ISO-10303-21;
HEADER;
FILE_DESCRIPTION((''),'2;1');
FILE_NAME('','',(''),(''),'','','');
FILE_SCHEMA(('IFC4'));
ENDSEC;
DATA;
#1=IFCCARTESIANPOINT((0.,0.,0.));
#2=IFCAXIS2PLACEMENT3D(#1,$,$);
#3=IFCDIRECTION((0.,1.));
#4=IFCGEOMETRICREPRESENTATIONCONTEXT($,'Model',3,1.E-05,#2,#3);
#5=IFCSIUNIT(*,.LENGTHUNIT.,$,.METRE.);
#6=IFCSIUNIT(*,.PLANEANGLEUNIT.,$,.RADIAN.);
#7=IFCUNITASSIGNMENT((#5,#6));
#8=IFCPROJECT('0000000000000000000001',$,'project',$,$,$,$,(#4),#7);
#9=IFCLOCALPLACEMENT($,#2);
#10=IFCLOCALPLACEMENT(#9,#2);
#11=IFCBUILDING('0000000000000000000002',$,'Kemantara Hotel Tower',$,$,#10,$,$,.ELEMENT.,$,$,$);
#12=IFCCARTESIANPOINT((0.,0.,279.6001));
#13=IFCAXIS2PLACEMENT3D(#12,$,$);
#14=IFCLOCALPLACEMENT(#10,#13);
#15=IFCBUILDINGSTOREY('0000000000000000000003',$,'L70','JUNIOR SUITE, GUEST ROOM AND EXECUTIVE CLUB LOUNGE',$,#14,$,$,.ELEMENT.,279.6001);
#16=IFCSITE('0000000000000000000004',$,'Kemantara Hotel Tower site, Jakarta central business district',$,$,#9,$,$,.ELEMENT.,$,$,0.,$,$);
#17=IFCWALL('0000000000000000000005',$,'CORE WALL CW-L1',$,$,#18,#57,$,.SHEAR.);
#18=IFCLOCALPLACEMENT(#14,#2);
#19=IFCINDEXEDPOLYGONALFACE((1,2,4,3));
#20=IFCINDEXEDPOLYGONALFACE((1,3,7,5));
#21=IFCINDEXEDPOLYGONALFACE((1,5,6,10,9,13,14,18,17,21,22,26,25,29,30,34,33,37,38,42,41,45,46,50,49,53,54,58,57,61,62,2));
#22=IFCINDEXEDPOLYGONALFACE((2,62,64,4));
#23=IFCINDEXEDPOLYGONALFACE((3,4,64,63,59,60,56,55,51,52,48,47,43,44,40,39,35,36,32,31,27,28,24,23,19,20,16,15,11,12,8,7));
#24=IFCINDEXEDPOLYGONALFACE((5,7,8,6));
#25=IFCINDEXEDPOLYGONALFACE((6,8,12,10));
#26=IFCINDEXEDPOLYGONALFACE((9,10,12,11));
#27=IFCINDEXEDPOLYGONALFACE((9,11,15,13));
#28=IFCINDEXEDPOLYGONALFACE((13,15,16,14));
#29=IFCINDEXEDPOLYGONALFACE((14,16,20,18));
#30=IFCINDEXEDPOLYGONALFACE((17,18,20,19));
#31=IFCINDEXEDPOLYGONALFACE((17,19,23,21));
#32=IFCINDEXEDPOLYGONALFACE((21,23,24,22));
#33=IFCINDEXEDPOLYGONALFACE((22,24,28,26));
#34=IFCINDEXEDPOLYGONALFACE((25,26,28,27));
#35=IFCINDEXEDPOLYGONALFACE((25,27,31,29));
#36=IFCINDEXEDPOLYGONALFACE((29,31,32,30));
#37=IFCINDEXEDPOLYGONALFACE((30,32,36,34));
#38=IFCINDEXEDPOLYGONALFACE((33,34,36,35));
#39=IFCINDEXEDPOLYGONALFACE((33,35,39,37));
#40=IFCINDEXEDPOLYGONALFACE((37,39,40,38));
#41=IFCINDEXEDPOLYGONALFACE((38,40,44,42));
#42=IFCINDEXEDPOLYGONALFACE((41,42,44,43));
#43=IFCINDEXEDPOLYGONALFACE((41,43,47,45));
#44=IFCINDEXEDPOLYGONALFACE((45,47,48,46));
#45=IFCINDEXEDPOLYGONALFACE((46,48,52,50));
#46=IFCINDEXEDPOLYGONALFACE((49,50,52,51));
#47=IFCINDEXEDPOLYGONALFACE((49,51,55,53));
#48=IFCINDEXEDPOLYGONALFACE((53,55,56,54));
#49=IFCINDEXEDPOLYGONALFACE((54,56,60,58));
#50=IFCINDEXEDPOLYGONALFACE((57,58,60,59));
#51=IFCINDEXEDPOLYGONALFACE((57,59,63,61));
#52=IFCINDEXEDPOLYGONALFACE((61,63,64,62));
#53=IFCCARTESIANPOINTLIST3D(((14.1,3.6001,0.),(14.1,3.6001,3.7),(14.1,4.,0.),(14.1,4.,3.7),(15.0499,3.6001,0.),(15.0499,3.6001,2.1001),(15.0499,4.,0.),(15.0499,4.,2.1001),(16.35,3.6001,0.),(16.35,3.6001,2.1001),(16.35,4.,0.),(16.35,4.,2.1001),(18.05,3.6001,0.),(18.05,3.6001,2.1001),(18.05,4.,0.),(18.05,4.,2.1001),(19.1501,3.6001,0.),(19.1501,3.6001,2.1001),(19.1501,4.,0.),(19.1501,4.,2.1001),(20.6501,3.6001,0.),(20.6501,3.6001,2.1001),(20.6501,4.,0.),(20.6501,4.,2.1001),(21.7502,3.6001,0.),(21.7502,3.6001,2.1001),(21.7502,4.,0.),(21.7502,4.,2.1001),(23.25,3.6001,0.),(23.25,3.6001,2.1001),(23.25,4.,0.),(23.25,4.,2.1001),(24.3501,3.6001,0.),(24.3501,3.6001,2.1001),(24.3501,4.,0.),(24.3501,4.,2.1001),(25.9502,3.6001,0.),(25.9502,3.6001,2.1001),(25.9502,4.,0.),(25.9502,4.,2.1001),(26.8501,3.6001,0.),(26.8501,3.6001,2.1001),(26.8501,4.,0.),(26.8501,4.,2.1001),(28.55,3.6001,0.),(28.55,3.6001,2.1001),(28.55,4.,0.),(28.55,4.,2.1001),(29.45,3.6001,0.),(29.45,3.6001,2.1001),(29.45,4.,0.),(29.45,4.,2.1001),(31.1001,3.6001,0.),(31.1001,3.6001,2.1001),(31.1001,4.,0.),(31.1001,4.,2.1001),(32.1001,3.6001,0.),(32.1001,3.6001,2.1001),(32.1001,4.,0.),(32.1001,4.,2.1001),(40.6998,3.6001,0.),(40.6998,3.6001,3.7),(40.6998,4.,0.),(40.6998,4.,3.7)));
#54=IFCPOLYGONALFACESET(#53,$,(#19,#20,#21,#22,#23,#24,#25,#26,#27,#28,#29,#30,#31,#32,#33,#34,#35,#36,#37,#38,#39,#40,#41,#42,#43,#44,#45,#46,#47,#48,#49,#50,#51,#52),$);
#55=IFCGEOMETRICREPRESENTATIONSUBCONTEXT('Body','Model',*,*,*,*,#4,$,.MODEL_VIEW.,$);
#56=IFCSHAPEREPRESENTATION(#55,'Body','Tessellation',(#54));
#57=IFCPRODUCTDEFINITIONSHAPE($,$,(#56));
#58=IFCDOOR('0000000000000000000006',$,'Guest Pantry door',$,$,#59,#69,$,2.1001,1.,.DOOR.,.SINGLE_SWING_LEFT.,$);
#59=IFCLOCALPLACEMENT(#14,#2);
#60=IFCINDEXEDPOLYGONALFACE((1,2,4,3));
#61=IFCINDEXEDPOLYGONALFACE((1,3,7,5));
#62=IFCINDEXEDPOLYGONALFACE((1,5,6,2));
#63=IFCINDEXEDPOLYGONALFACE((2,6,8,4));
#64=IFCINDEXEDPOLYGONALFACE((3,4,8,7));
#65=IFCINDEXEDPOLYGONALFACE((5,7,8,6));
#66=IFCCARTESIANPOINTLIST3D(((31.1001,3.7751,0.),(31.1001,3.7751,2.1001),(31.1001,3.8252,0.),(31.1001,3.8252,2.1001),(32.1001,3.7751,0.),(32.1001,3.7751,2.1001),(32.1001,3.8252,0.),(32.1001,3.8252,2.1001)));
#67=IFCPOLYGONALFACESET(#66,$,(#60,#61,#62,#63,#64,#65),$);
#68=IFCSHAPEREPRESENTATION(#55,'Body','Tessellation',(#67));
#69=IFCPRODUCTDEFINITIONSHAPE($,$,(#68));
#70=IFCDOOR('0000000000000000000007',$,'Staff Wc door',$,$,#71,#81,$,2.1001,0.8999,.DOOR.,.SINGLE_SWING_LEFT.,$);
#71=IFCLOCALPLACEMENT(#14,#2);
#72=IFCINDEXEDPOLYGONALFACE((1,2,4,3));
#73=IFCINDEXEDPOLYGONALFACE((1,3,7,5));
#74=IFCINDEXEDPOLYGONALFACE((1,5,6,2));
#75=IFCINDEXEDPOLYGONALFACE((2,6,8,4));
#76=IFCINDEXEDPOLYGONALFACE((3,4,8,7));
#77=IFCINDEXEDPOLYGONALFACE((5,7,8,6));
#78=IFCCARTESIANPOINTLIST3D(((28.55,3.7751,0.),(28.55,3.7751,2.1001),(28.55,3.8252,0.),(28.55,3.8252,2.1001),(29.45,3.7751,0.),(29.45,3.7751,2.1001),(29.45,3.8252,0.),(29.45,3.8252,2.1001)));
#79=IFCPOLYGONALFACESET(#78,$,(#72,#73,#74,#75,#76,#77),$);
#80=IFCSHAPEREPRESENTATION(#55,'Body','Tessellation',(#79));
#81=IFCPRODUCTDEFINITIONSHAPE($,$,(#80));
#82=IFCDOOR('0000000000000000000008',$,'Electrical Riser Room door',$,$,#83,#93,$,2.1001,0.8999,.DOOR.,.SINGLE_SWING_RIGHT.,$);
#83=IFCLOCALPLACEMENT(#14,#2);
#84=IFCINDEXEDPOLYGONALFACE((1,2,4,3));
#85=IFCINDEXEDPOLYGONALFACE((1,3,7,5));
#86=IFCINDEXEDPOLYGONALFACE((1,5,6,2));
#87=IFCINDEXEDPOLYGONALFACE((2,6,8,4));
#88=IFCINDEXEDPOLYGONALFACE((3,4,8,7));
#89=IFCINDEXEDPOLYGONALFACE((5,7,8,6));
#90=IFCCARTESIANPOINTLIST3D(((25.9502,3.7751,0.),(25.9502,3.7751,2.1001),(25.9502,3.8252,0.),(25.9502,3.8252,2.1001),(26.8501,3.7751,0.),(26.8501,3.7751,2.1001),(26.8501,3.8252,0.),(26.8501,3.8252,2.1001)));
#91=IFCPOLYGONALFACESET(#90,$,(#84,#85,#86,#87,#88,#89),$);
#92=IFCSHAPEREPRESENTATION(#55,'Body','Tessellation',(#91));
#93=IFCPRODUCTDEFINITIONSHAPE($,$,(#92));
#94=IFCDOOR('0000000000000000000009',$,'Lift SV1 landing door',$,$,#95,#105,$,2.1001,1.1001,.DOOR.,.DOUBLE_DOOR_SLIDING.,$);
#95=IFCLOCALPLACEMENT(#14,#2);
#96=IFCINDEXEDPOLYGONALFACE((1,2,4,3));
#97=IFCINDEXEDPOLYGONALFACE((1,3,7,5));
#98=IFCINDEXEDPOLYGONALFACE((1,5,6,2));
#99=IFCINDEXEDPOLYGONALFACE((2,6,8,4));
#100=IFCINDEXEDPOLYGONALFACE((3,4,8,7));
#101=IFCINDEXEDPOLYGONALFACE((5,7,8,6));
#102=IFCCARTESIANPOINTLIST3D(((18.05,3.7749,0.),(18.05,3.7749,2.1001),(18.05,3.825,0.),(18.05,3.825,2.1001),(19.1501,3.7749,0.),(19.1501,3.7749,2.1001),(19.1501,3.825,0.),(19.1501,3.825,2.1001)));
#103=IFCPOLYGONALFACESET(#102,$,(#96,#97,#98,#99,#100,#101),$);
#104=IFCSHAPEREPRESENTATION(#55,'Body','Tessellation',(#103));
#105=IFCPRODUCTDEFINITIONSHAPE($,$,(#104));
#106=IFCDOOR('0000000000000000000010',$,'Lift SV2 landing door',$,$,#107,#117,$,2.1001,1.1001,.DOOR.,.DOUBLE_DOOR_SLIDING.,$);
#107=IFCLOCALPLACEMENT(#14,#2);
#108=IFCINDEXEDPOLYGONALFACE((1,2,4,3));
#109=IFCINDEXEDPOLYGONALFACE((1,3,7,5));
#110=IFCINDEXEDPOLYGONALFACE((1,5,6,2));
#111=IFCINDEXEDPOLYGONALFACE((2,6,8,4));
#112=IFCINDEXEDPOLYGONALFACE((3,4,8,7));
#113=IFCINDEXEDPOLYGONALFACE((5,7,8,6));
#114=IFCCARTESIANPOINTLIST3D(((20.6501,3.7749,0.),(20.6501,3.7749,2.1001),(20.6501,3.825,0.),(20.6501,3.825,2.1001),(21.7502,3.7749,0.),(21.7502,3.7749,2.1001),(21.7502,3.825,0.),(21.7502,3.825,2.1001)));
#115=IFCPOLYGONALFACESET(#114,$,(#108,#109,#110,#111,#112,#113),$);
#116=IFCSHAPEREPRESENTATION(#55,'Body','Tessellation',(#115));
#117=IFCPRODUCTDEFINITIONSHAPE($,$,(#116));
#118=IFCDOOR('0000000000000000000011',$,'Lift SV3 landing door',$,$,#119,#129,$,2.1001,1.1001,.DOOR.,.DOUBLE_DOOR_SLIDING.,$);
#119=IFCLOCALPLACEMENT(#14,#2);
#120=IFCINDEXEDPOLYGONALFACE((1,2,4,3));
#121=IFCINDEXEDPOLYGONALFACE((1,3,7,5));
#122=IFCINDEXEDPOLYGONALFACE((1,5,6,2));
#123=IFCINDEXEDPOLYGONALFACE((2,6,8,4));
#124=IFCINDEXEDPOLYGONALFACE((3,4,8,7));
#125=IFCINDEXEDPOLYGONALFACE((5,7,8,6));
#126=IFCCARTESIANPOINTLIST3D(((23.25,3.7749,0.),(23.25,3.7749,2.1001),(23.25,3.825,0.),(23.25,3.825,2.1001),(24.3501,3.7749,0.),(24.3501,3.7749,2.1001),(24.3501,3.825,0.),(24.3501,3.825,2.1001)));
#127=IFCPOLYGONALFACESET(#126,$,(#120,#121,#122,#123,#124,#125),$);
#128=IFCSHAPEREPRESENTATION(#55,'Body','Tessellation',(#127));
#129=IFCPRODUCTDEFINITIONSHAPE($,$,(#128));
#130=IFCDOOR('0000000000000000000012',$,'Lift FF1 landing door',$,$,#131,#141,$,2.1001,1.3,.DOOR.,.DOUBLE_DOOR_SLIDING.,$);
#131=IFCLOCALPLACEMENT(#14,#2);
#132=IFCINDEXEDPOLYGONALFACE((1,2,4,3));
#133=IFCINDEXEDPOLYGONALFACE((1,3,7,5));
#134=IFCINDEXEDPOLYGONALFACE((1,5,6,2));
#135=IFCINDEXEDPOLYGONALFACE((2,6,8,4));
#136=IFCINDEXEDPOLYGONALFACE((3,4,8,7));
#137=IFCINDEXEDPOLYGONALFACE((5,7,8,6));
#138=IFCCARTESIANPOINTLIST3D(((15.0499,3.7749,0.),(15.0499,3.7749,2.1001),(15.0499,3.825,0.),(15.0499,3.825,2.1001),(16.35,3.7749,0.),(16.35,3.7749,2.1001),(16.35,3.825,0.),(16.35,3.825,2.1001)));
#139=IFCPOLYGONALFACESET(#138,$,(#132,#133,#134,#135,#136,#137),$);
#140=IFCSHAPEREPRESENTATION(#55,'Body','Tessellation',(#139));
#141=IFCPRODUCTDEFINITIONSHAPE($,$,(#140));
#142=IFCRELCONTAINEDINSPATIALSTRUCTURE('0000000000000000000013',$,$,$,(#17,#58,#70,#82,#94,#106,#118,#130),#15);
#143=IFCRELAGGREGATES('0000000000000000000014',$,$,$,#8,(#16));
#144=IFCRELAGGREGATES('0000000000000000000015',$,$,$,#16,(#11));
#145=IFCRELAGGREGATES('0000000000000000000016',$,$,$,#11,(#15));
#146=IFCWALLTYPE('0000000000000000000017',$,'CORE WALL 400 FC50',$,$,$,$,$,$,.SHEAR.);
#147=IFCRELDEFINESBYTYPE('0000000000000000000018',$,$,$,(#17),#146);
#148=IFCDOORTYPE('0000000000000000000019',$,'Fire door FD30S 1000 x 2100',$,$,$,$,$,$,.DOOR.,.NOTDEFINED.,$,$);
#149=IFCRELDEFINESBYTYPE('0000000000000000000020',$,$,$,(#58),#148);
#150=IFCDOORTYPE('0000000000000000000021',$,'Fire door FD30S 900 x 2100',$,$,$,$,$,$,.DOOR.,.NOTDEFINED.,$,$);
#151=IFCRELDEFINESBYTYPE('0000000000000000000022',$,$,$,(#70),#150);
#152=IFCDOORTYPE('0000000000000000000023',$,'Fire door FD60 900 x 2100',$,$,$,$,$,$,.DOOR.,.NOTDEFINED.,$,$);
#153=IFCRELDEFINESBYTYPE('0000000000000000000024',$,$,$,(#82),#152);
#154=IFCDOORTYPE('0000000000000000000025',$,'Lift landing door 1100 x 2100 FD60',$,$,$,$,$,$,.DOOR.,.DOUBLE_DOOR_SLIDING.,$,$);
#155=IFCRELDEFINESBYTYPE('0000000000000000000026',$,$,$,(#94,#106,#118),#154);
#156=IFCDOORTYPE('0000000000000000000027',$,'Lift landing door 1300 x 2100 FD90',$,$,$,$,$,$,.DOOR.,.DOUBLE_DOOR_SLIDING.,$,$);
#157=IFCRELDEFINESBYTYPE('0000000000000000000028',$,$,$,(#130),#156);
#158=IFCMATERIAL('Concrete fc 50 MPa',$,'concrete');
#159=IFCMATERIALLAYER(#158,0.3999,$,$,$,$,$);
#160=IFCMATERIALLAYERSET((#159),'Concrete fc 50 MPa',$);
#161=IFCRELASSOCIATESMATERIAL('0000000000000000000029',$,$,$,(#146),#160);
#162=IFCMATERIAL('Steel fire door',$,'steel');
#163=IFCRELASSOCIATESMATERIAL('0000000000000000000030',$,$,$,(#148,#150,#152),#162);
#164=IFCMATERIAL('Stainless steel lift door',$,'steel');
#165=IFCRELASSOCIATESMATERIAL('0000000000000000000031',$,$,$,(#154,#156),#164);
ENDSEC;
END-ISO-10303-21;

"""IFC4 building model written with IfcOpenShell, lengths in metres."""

from ifc_helpers import new_model, si_unit, direction, frame, frame_2d, origin, place, context, subcontext, project, spatial, rectangle, extrude, material, layer, layer_set, type_object, element, fill, save


model = new_model("IFC4")

# Units and contexts
model_context = context("Model", 3, precision=1e-05, world=origin(), true_north=direction((0.0, 1.0)))
body_context = subcontext(model_context, "Body", "Model", "MODEL_VIEW")
ifc_project = project(units=[si_unit("LENGTHUNIT", "METRE"), si_unit("PLANEANGLEUNIT", "RADIAN")], contexts=[model_context])

# Site, building, storey
site_placement = place(None, origin())
site = spatial("IfcSite", under=ifc_project, at=site_placement, Name="Kemantara Hotel Tower site, Jakarta central business district", CompositionType="ELEMENT", RefElevation=0.0)
building_placement = place(site_placement, origin())
building = spatial("IfcBuilding", under=site, at=building_placement, Name="Kemantara Hotel Tower", CompositionType="ELEMENT")
storey_placement = place(building_placement, frame((0.0, 0.0, 279.6001)))
storey = spatial("IfcBuildingStorey", under=building, at=storey_placement, Name="L70", Description="JUNIOR SUITE, GUEST ROOM AND EXECUTIVE CLUB LOUNGE", CompositionType="ELEMENT", Elevation=279.6001)

# Shared definitions
ifc_material_1 = material(Name="Concrete fc 50 MPa", Category="concrete")

# Wall, openings, doors
ifc_layer_1 = layer(ifc_material_1, 0.3999)
ifc_layer_set_1 = layer_set([ifc_layer_1], Name="Concrete fc 50 MPa")
wall_type_1 = type_object("IfcWallType", Name="CORE WALL 400 FC50", PredefinedType="SHEAR", material=ifc_layer_set_1)
wall_1_placement = place(storey_placement, frame((14.1001, 3.8, 0.0), z_axis=(0.0, 0.0, 1.0), x_axis=(1.0, 0.0, 0.0)))
wall_1 = element("IfcWall", 1, at=wall_1_placement, inside=storey, type_object=wall_type_1, Name="CORE WALL CW-L1", PredefinedType="SHEAR", context=body_context, shape_type="SweptSolid", body=[
    extrude(rectangle(XDim=26.5999, YDim=0.3999, at=frame_2d((13.2998, 0.0))), origin(), (0.0, 0.0, 1.0), 3.7),
])
opening_1_placement = place(wall_1_placement, frame((0.95, 0.0, 0.0)))
opening_1 = element("IfcOpeningElement", 2, at=opening_1_placement, cuts=wall_1, PredefinedType="OPENING", context=body_context, shape_type="SweptSolid", body=[
    extrude(rectangle(XDim=1.3, YDim=2.1001, at=frame_2d((0.6499, 1.05))), frame((0.0, 0.21, 0.0), z_axis=(0.0, -1.0, 0.0), x_axis=(1.0, 0.0, 0.0)), (0.0, 0.0, 1.0), 0.4199),
])
opening_2_placement = place(wall_1_placement, frame((3.95, 0.0, 0.0)))
opening_2 = element("IfcOpeningElement", 3, at=opening_2_placement, cuts=wall_1, PredefinedType="OPENING", context=body_context, shape_type="SweptSolid", body=[
    extrude(rectangle(XDim=1.1001, YDim=2.1001, at=frame_2d((0.55, 1.05))), frame((0.0, 0.21, 0.0), z_axis=(0.0, -1.0, 0.0), x_axis=(1.0, 0.0, 0.0)), (0.0, 0.0, 1.0), 0.4199),
])
opening_3_placement = place(wall_1_placement, frame((6.55, 0.0, 0.0)))
opening_3 = element("IfcOpeningElement", 4, at=opening_3_placement, cuts=wall_1, PredefinedType="OPENING", context=body_context, shape_type="SweptSolid", body=[
    extrude(rectangle(XDim=1.1001, YDim=2.1001, at=frame_2d((0.55, 1.05))), frame((0.0, 0.21, 0.0), z_axis=(0.0, -1.0, 0.0), x_axis=(1.0, 0.0, 0.0)), (0.0, 0.0, 1.0), 0.4199),
])
opening_4_placement = place(wall_1_placement, frame((9.1499, 0.0, 0.0)))
opening_4 = element("IfcOpeningElement", 5, at=opening_4_placement, cuts=wall_1, PredefinedType="OPENING", context=body_context, shape_type="SweptSolid", body=[
    extrude(rectangle(XDim=1.1001, YDim=2.1001, at=frame_2d((0.55, 1.05))), frame((0.0, 0.21, 0.0), z_axis=(0.0, -1.0, 0.0), x_axis=(1.0, 0.0, 0.0)), (0.0, 0.0, 1.0), 0.4199),
])
opening_5_placement = place(wall_1_placement, frame((11.8501, 0.0, 0.0)))
opening_5 = element("IfcOpeningElement", 6, at=opening_5_placement, cuts=wall_1, PredefinedType="OPENING", context=body_context, shape_type="SweptSolid", body=[
    extrude(rectangle(XDim=0.8999, YDim=2.1001, at=frame_2d((0.45, 1.05))), frame((0.0, 0.21, 0.0), z_axis=(0.0, -1.0, 0.0), x_axis=(1.0, 0.0, 0.0)), (0.0, 0.0, 1.0), 0.4199),
])
opening_6_placement = place(wall_1_placement, frame((14.45, 0.0, 0.0)))
opening_6 = element("IfcOpeningElement", 7, at=opening_6_placement, cuts=wall_1, PredefinedType="OPENING", context=body_context, shape_type="SweptSolid", body=[
    extrude(rectangle(XDim=0.8999, YDim=2.1001, at=frame_2d((0.45, 1.05))), frame((0.0, 0.21, 0.0), z_axis=(0.0, -1.0, 0.0), x_axis=(1.0, 0.0, 0.0)), (0.0, 0.0, 1.0), 0.4199),
])
opening_7_placement = place(wall_1_placement, frame((17.0, 0.0, 0.0)))
opening_7 = element("IfcOpeningElement", 8, at=opening_7_placement, cuts=wall_1, PredefinedType="OPENING", context=body_context, shape_type="SweptSolid", body=[
    extrude(rectangle(XDim=1.0, YDim=2.1001, at=frame_2d((0.5, 1.05))), frame((0.0, 0.21, 0.0), z_axis=(0.0, -1.0, 0.0), x_axis=(1.0, 0.0, 0.0)), (0.0, 0.0, 1.0), 0.4199),
])
ifc_material_2 = material(Name="Steel fire door", Category="steel")
door_type_1 = type_object("IfcDoorType", Name="Fire door FD30S 1000 x 2100", OperationType="NOTDEFINED", PredefinedType="DOOR", material=ifc_material_2)
door_1_placement = place(opening_7_placement, frame((1.0, 0.0, 0.0), z_axis=(0.0, 0.0, 1.0), x_axis=(-1.0, 0.0, 0.0)))
door_1 = element("IfcDoor", 9, at=door_1_placement, inside=storey, type_object=door_type_1, Name="Guest Pantry door", OperationType="SINGLE_SWING_LEFT", OverallHeight=2.1001, OverallWidth=1.0, PredefinedType="DOOR", context=body_context, shape_type="SweptSolid", body=[
    extrude(rectangle(XDim=1.0, YDim=2.1001, at=frame_2d((0.5, 1.05))), frame((0.0, 0.0249, 0.0), z_axis=(0.0, -1.0, 0.0), x_axis=(1.0, 0.0, 0.0)), (0.0, 0.0, 1.0), 0.05),
])
fill(opening_7, door_1)
door_type_2 = type_object("IfcDoorType", Name="Fire door FD30S 900 x 2100", OperationType="NOTDEFINED", PredefinedType="DOOR", material=ifc_material_2)
door_2_placement = place(opening_6_placement, frame((0.8999, 0.0, 0.0), z_axis=(0.0, 0.0, 1.0), x_axis=(-1.0, 0.0, 0.0)))
door_2 = element("IfcDoor", 10, at=door_2_placement, inside=storey, type_object=door_type_2, Name="Staff Wc door", OperationType="SINGLE_SWING_LEFT", OverallHeight=2.1001, OverallWidth=0.8999, PredefinedType="DOOR", context=body_context, shape_type="SweptSolid", body=[
    extrude(rectangle(XDim=0.8999, YDim=2.1001, at=frame_2d((0.45, 1.05))), frame((0.0, 0.0249, 0.0), z_axis=(0.0, -1.0, 0.0), x_axis=(1.0, 0.0, 0.0)), (0.0, 0.0, 1.0), 0.05),
])
fill(opening_6, door_2)
door_type_3 = type_object("IfcDoorType", Name="Fire door FD60 900 x 2100", OperationType="NOTDEFINED", PredefinedType="DOOR", material=ifc_material_2)
door_3_placement = place(opening_5_placement, frame((0.8999, 0.0, 0.0), z_axis=(0.0, 0.0, 1.0), x_axis=(-1.0, 0.0, 0.0)))
door_3 = element("IfcDoor", 11, at=door_3_placement, inside=storey, type_object=door_type_3, Name="Electrical Riser Room door", OperationType="SINGLE_SWING_RIGHT", OverallHeight=2.1001, OverallWidth=0.8999, PredefinedType="DOOR", context=body_context, shape_type="SweptSolid", body=[
    extrude(rectangle(XDim=0.8999, YDim=2.1001, at=frame_2d((0.45, 1.05))), frame((0.0, 0.0249, 0.0), z_axis=(0.0, -1.0, 0.0), x_axis=(1.0, 0.0, 0.0)), (0.0, 0.0, 1.0), 0.05),
])
fill(opening_5, door_3)
ifc_material_3 = material(Name="Stainless steel lift door", Category="steel")
door_type_4 = type_object("IfcDoorType", Name="Lift landing door 1100 x 2100 FD60", OperationType="DOUBLE_DOOR_SLIDING", PredefinedType="DOOR", material=ifc_material_3)
door_4_placement = place(opening_2_placement, origin())
door_4 = element("IfcDoor", 12, at=door_4_placement, inside=storey, type_object=door_type_4, Name="Lift SV1 landing door", OperationType="DOUBLE_DOOR_SLIDING", OverallHeight=2.1001, OverallWidth=1.1001, PredefinedType="DOOR", context=body_context, shape_type="SweptSolid", body=[
    extrude(rectangle(XDim=1.1001, YDim=2.1001, at=frame_2d((0.55, 1.05))), frame((0.0, 0.0249, 0.0), z_axis=(0.0, -1.0, 0.0), x_axis=(1.0, 0.0, 0.0)), (0.0, 0.0, 1.0), 0.05),
])
fill(opening_2, door_4)
door_5_placement = place(opening_3_placement, origin())
door_5 = element("IfcDoor", 13, at=door_5_placement, inside=storey, type_object=door_type_4, Name="Lift SV2 landing door", OperationType="DOUBLE_DOOR_SLIDING", OverallHeight=2.1001, OverallWidth=1.1001, PredefinedType="DOOR", context=body_context, shape_type="SweptSolid", body=[
    extrude(rectangle(XDim=1.1001, YDim=2.1001, at=frame_2d((0.55, 1.05))), frame((0.0, 0.0249, 0.0), z_axis=(0.0, -1.0, 0.0), x_axis=(1.0, 0.0, 0.0)), (0.0, 0.0, 1.0), 0.05),
])
fill(opening_3, door_5)
door_6_placement = place(opening_4_placement, origin())
door_6 = element("IfcDoor", 14, at=door_6_placement, inside=storey, type_object=door_type_4, Name="Lift SV3 landing door", OperationType="DOUBLE_DOOR_SLIDING", OverallHeight=2.1001, OverallWidth=1.1001, PredefinedType="DOOR", context=body_context, shape_type="SweptSolid", body=[
    extrude(rectangle(XDim=1.1001, YDim=2.1001, at=frame_2d((0.55, 1.05))), frame((0.0, 0.0249, 0.0), z_axis=(0.0, -1.0, 0.0), x_axis=(1.0, 0.0, 0.0)), (0.0, 0.0, 1.0), 0.05),
])
fill(opening_4, door_6)
door_type_5 = type_object("IfcDoorType", Name="Lift landing door 1300 x 2100 FD90", OperationType="DOUBLE_DOOR_SLIDING", PredefinedType="DOOR", material=ifc_material_3)
door_7_placement = place(opening_1_placement, origin())
door_7 = element("IfcDoor", 15, at=door_7_placement, inside=storey, type_object=door_type_5, Name="Lift FF1 landing door", OperationType="DOUBLE_DOOR_SLIDING", OverallHeight=2.1001, OverallWidth=1.3, PredefinedType="DOOR", context=body_context, shape_type="SweptSolid", body=[
    extrude(rectangle(XDim=1.3, YDim=2.1001, at=frame_2d((0.6499, 1.05))), frame((0.0, 0.0249, 0.0), z_axis=(0.0, -1.0, 0.0), x_axis=(1.0, 0.0, 0.0)), (0.0, 0.0, 1.0), 0.05),
])
fill(opening_1, door_7)

save(model, "model.ifc")
